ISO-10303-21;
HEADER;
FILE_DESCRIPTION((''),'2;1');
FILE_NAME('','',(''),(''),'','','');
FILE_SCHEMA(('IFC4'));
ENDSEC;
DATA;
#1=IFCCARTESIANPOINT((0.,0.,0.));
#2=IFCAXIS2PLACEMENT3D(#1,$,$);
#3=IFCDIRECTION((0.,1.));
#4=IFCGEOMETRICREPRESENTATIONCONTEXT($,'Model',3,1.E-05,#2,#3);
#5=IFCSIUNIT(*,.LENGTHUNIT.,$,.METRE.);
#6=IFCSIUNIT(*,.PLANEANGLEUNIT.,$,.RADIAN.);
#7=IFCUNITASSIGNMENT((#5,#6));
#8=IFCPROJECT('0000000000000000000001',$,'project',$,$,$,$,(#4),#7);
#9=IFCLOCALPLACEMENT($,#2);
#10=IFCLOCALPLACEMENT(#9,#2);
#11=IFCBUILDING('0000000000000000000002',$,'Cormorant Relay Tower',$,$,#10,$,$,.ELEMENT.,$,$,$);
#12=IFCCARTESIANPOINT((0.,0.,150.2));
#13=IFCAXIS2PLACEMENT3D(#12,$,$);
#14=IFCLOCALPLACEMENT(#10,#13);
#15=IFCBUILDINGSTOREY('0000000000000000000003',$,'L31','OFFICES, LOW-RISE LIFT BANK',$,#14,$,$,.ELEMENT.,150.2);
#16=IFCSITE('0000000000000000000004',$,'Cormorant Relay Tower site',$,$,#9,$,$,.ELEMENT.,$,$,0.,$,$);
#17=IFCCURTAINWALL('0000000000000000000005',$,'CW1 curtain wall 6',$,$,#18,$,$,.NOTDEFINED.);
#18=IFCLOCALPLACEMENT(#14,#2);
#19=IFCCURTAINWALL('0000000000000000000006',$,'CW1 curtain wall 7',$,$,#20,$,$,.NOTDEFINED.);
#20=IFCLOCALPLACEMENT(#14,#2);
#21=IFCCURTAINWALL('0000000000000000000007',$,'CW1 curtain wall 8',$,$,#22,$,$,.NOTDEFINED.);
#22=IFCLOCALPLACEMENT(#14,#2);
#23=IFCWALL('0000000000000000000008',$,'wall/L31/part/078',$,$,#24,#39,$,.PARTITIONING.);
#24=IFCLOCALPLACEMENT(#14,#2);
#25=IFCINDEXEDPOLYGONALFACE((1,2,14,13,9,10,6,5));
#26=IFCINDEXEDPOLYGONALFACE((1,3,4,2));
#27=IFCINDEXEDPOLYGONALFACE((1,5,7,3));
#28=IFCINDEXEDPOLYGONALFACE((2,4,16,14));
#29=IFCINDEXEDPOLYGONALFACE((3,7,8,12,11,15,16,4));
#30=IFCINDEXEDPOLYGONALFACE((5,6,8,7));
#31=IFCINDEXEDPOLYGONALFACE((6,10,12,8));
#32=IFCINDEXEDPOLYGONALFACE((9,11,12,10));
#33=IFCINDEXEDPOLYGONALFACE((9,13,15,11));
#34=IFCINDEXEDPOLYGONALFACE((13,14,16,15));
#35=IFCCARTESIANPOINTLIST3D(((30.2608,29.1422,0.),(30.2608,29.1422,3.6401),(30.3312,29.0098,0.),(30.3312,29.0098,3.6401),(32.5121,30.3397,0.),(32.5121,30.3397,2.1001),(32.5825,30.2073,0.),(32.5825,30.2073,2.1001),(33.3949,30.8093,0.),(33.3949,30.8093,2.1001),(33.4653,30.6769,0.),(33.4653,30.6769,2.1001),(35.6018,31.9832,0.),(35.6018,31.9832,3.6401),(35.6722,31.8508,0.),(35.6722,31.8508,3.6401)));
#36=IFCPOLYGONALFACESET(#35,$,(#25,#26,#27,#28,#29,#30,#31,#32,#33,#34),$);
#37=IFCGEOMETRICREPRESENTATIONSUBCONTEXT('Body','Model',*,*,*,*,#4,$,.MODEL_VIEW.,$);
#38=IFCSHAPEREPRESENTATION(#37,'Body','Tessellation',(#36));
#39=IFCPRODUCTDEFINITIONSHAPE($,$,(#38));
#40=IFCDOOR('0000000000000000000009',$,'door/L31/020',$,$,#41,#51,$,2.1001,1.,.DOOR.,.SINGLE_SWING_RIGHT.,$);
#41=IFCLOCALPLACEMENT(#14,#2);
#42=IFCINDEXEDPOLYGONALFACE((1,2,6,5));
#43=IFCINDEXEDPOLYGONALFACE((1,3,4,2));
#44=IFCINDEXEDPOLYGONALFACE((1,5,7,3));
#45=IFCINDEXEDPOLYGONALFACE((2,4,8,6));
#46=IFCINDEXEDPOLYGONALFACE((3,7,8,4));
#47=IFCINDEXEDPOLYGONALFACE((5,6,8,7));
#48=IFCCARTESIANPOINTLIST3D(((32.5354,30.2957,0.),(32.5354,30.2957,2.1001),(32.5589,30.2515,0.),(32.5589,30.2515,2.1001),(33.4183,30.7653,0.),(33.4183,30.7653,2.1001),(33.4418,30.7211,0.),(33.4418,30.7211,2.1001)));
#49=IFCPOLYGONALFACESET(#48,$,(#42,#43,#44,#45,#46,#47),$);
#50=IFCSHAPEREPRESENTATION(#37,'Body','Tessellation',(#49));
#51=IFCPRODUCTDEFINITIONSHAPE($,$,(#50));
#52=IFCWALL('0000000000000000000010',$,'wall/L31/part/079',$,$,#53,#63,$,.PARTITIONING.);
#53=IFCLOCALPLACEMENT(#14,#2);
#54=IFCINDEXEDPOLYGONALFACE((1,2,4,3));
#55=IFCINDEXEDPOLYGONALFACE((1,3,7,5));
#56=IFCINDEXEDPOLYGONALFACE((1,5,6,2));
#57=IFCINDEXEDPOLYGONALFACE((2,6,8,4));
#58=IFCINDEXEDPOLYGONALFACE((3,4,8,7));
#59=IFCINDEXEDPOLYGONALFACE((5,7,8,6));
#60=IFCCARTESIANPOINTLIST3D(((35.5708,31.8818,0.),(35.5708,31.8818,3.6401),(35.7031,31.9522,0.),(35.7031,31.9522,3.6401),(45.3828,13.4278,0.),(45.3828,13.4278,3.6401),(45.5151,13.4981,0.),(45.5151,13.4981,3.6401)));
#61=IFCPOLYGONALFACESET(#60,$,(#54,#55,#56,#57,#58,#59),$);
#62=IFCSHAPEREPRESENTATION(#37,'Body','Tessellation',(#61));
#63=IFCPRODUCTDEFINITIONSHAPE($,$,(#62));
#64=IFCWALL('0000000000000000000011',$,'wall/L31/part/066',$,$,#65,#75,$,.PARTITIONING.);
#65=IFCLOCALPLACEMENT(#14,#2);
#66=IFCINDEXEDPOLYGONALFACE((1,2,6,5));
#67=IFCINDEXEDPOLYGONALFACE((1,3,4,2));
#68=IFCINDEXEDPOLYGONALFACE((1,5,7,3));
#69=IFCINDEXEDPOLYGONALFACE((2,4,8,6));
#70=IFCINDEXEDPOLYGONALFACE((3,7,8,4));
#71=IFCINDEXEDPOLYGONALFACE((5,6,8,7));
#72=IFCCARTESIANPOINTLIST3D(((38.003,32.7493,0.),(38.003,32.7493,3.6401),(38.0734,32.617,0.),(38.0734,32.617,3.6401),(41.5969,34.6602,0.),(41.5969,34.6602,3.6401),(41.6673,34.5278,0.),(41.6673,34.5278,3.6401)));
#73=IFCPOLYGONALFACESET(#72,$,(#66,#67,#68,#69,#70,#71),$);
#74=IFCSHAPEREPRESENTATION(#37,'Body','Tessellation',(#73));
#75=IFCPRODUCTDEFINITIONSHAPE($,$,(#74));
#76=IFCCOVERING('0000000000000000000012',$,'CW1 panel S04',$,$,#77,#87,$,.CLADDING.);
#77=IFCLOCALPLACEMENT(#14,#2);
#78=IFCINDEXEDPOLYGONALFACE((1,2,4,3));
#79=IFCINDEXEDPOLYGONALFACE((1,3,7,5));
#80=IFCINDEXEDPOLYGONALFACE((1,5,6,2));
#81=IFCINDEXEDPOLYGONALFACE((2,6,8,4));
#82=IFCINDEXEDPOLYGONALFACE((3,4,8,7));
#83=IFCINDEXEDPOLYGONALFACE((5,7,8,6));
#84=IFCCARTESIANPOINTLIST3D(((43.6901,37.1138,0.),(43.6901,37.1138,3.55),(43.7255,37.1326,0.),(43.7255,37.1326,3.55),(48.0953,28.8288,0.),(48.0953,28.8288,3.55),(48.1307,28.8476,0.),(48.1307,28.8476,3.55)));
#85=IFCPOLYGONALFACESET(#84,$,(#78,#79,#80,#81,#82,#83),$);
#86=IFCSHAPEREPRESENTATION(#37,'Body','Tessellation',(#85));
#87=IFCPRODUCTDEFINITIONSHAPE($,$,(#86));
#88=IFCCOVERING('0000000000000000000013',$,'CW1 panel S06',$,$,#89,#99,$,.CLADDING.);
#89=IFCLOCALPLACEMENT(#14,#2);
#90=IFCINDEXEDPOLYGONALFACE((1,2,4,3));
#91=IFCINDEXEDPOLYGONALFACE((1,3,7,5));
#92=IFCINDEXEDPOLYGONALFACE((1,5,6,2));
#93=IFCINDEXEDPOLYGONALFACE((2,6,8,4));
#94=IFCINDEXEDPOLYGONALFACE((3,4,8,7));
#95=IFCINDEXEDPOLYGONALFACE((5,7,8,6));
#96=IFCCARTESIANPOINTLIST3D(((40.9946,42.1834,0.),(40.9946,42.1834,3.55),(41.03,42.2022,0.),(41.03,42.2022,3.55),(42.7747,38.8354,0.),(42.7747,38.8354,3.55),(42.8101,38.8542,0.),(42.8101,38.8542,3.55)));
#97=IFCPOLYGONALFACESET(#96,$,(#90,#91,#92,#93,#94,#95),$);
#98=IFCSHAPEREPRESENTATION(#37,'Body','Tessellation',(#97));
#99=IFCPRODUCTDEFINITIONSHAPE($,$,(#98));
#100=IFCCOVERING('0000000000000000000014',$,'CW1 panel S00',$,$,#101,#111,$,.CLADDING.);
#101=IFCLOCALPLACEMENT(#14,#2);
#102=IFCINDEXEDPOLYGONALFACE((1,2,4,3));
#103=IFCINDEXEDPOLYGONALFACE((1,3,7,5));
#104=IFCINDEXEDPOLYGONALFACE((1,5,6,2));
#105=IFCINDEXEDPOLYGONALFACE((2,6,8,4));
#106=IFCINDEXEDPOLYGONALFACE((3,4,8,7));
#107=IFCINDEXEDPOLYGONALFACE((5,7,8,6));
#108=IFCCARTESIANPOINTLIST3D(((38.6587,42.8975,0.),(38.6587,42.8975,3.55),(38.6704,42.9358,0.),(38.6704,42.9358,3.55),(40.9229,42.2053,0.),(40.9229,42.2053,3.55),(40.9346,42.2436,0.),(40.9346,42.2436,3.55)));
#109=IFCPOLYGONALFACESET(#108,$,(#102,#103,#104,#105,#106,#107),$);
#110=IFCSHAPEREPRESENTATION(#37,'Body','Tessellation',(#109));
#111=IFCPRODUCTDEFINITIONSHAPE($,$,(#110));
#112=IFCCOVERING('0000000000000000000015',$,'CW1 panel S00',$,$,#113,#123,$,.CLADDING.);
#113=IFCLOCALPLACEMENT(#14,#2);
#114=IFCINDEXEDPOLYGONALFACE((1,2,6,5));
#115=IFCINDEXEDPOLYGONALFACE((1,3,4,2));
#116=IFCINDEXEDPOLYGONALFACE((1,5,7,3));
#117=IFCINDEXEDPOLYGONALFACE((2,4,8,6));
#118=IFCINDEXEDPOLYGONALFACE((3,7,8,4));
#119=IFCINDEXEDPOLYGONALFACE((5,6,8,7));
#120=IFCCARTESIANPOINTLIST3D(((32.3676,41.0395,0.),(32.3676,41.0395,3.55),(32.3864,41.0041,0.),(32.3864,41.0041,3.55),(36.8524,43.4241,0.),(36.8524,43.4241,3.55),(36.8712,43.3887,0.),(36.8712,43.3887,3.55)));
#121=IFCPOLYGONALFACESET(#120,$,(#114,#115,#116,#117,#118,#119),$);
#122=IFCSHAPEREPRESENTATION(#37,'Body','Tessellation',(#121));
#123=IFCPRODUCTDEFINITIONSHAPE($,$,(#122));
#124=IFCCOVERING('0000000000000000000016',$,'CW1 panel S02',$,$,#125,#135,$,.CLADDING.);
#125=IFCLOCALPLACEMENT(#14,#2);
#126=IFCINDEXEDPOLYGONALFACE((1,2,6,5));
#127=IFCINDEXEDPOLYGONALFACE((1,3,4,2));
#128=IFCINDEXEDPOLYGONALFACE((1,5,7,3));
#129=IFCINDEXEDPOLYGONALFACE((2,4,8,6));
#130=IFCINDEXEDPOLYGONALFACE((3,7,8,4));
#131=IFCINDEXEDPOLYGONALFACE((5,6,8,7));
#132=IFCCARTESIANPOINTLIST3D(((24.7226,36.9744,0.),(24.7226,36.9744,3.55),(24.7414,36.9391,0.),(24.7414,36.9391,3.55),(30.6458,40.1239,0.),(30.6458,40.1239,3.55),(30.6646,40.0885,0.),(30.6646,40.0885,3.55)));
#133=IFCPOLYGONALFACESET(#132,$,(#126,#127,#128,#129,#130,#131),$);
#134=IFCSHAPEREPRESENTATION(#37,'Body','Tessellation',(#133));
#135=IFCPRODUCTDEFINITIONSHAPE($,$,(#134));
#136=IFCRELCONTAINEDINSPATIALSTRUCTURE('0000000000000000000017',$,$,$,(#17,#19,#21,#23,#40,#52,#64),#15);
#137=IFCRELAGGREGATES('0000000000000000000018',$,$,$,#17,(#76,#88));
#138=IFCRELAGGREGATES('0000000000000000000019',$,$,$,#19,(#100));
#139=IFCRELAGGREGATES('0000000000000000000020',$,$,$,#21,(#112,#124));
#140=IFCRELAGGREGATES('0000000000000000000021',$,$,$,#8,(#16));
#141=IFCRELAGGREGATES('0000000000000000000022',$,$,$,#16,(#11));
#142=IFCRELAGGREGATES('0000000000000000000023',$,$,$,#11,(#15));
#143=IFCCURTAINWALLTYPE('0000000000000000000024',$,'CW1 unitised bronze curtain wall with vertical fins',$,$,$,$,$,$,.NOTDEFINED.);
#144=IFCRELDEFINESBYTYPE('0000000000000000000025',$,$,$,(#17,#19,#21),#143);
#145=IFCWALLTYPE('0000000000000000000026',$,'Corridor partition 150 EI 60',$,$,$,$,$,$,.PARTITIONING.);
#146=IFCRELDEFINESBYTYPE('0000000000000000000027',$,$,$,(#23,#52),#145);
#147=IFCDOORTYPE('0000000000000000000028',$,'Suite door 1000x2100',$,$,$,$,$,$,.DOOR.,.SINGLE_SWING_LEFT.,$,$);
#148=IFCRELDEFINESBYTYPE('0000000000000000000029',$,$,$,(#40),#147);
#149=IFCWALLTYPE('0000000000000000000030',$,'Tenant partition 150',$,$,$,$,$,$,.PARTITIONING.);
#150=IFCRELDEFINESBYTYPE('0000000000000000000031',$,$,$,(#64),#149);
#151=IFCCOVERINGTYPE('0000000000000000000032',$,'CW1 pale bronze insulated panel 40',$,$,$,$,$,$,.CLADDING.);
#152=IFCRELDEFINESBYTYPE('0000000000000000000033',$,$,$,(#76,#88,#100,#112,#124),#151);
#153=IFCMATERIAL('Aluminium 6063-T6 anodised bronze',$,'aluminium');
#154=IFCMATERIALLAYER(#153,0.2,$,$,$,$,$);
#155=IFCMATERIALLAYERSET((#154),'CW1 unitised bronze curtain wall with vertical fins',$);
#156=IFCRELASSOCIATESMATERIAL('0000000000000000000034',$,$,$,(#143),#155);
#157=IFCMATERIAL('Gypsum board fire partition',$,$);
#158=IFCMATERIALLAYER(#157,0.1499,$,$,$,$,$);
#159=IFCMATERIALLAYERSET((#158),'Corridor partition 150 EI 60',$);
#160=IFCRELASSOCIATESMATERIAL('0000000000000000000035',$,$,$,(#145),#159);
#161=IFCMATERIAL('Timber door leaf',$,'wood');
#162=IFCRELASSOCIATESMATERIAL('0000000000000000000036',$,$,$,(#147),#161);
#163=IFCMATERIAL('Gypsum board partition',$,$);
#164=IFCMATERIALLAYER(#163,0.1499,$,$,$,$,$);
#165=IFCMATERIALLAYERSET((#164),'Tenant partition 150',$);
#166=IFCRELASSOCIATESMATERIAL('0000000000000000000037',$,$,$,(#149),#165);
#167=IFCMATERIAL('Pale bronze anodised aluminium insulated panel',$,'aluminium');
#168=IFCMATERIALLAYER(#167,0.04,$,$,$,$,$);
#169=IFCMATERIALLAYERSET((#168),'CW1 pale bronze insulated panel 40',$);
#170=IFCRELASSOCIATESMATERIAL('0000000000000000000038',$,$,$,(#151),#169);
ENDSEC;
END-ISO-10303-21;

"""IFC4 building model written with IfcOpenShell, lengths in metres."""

from ifc_helpers import new_model, si_unit, direction, frame, frame_2d, origin, origin_2d, place, context, subcontext, project, spatial, rectangle, extrude, material, layer, layer_set, type_object, element, fill, aggregate, save


model = new_model("IFC4")

# Units and contexts
model_context = context("Model", 3, precision=1e-05, world=origin(), true_north=direction((0.0, 1.0)))
body_context = subcontext(model_context, "Body", "Model", "MODEL_VIEW")
ifc_project = project(units=[si_unit("LENGTHUNIT", "METRE"), si_unit("PLANEANGLEUNIT", "RADIAN")], contexts=[model_context])

# Site, building, storey
site_placement = place(None, origin())
site = spatial("IfcSite", under=ifc_project, at=site_placement, Name="Cormorant Relay Tower site", CompositionType="ELEMENT", RefElevation=0.0)
building_placement = place(site_placement, origin())
building = spatial("IfcBuilding", under=site, at=building_placement, Name="Cormorant Relay Tower", CompositionType="ELEMENT")
storey_placement = place(building_placement, frame((0.0, 0.0, 150.2)))
storey = spatial("IfcBuildingStorey", under=building, at=storey_placement, Name="L31", Description="OFFICES, LOW-RISE LIFT BANK", CompositionType="ELEMENT", Elevation=150.2)

# Curtain wall
ifc_material_1 = material(Name="Aluminium 6063-T6 anodised bronze", Category="aluminium")
ifc_layer_1 = layer(ifc_material_1, 0.2)
ifc_layer_set_1 = layer_set([ifc_layer_1], Name="CW1 unitised bronze curtain wall with vertical fins")
curtain_wall_type = type_object("IfcCurtainWallType", Name="CW1 unitised bronze curtain wall with vertical fins", PredefinedType="NOTDEFINED", material=ifc_layer_set_1)
curtain_wall_1_placement = place(storey_placement, origin())
curtain_wall_1 = element("IfcCurtainWall", 1, at=curtain_wall_1_placement, inside=storey, type_object=curtain_wall_type, Name="CW1 curtain wall 6", PredefinedType="NOTDEFINED")

# Curtain wall
curtain_wall_2_placement = place(storey_placement, origin())
curtain_wall_2 = element("IfcCurtainWall", 2, at=curtain_wall_2_placement, inside=storey, type_object=curtain_wall_type, Name="CW1 curtain wall 7", PredefinedType="NOTDEFINED")

# Curtain wall
curtain_wall_3_placement = place(storey_placement, origin())
curtain_wall_3 = element("IfcCurtainWall", 3, at=curtain_wall_3_placement, inside=storey, type_object=curtain_wall_type, Name="CW1 curtain wall 8", PredefinedType="NOTDEFINED")

# Shared definitions
ifc_material_2 = material(Name="Gypsum board fire partition")
ifc_layer_2 = layer(ifc_material_2, 0.1499)
ifc_layer_set_2 = layer_set([ifc_layer_2], Name="Corridor partition 150 EI 60")
wall_type_1 = type_object("IfcWallType", Name="Corridor partition 150 EI 60", PredefinedType="PARTITIONING", material=ifc_layer_set_2)

# Wall, opening, door
wall_1_placement = place(storey_placement, frame((30.2959, 29.0759, 0.0), z_axis=(0.0, 0.0, 1.0), x_axis=(0.882867, 0.469622, 0.0)))
wall_1 = element("IfcWall", 4, at=wall_1_placement, inside=storey, type_object=wall_type_1, Name="wall/L31/part/078", PredefinedType="PARTITIONING", context=body_context, shape_type="SweptSolid", body=[
    extrude(rectangle(XDim=6.0496, YDim=0.1499, at=frame_2d((3.0249, 0.0))), origin(), (0.0, 0.0, 1.0), 3.6401),
])
opening_1_placement = place(wall_1_placement, frame((2.55, 0.0, 0.0)))
opening_1 = element("IfcOpeningElement", 5, at=opening_1_placement, cuts=wall_1, PredefinedType="OPENING", context=body_context, shape_type="SweptSolid", body=[
    extrude(rectangle(XDim=1.0, YDim=2.1001, at=frame_2d((0.5, 1.05))), frame((0.0, 0.085, 0.0), z_axis=(0.0, -1.0, 0.0), x_axis=(1.0, 0.0, 0.0)), (0.0, 0.0, 1.0), 0.1699),
])
ifc_material_3 = material(Name="Timber door leaf", Category="wood")
door_type_1 = type_object("IfcDoorType", Name="Suite door 1000x2100", OperationType="SINGLE_SWING_LEFT", PredefinedType="DOOR", material=ifc_material_3)
door_1_placement = place(opening_1_placement, frame((1.0, 0.0, 0.0), z_axis=(0.0, 0.0, 1.0), x_axis=(-1.0, 0.0, 0.0)))
door_1 = element("IfcDoor", 6, at=door_1_placement, inside=storey, type_object=door_type_1, Name="door/L31/020", OperationType="SINGLE_SWING_RIGHT", OverallHeight=2.1001, OverallWidth=1.0, PredefinedType="DOOR", context=body_context, shape_type="SweptSolid", body=[
    extrude(rectangle(XDim=1.0, YDim=2.1001, at=frame_2d((0.5, 1.05))), frame((0.0, 0.0249, 0.0), z_axis=(0.0, -1.0, 0.0), x_axis=(1.0, 0.0, 0.0)), (0.0, 0.0, 1.0), 0.05),
])
fill(opening_1, door_1)

# Walls
wall_2_placement = place(storey_placement, frame((35.637, 31.917, 0.0), z_axis=(0.0, 0.0, 1.0), x_axis=(0.469464, -0.882952, 0.0)))
element("IfcWall", 7, at=wall_2_placement, inside=storey, type_object=wall_type_1, Name="wall/L31/part/079", PredefinedType="PARTITIONING", context=body_context, shape_type="SweptSolid", body=[
    extrude(rectangle(XDim=20.9004, YDim=0.1499, at=frame_2d((10.4502, 0.0))), origin(), (0.0, 0.0, 1.0), 3.6401),
])
ifc_material_4 = material(Name="Gypsum board partition")
ifc_layer_3 = layer(ifc_material_4, 0.1499)
ifc_layer_set_3 = layer_set([ifc_layer_3], Name="Tenant partition 150")
wall_type_2 = type_object("IfcWallType", Name="Tenant partition 150", PredefinedType="PARTITIONING", material=ifc_layer_set_3)
wall_3_placement = place(storey_placement, frame((41.6321, 34.594, 0.0), z_axis=(0.0, 0.0, 1.0), x_axis=(-0.882955, -0.469458, 0.0)))
element("IfcWall", 8, at=wall_3_placement, inside=storey, type_object=wall_type_2, Name="wall/L31/part/066", PredefinedType="PARTITIONING", context=body_context, shape_type="SweptSolid", body=[
    extrude(rectangle(XDim=4.0703, YDim=0.1499, at=frame_2d((2.0352, 0.0))), origin(), (0.0, 0.0, 1.0), 3.6401),
])

# Coverings
ifc_material_5 = material(Name="Pale bronze anodised aluminium insulated panel", Category="aluminium")
ifc_layer_4 = layer(ifc_material_5, 0.04)
ifc_layer_set_4 = layer_set([ifc_layer_4], Name="CW1 pale bronze insulated panel 40")
covering_type = type_object("IfcCoveringType", Name="CW1 pale bronze insulated panel 40", PredefinedType="CLADDING", material=ifc_layer_set_4)
covering_1_placement = place(storey_placement, frame((45.9104, 32.9807, 0.0), z_axis=(0.0, 0.0, 1.0), x_axis=(-0.469472, 0.882948, 0.0)))
covering_1 = element("IfcCovering", 9, at=covering_1_placement, type_object=covering_type, Name="CW1 panel S04", PredefinedType="CLADDING", context=body_context, shape_type="SweptSolid", body=[
    extrude(rectangle(XDim=9.3833, YDim=0.04, at=origin_2d()), origin(), (0.0, 0.0, 1.0), 3.55),
])
covering_2_placement = place(storey_placement, frame((41.9023, 40.5188, 0.0), z_axis=(0.0, 0.0, 1.0), x_axis=(-0.469472, 0.882948, 0.0)))
covering_2 = element("IfcCovering", 10, at=covering_2_placement, type_object=covering_type, Name="CW1 panel S06", PredefinedType="CLADDING", context=body_context, shape_type="SweptSolid", body=[
    extrude(rectangle(XDim=3.7917, YDim=0.04, at=origin_2d()), origin(), (0.0, 0.0, 1.0), 3.55),
])
aggregate(curtain_wall_1, [covering_1, covering_2])
covering_3_placement = place(storey_placement, frame((39.7966, 42.5706, 0.0), z_axis=(0.0, 0.0, 1.0), x_axis=(-0.956305, 0.292372, 0.0)))
covering_3 = element("IfcCovering", 11, at=covering_3_placement, type_object=covering_type, Name="CW1 panel S00", PredefinedType="CLADDING", context=body_context, shape_type="SweptSolid", body=[
    extrude(rectangle(XDim=2.3677, YDim=0.04, at=origin_2d()), origin(), (0.0, 0.0, 1.0), 3.55),
])
aggregate(curtain_wall_2, [covering_3])
covering_4_placement = place(storey_placement, frame((34.6194, 42.2141, 0.0), z_axis=(0.0, 0.0, 1.0), x_axis=(-0.882948, -0.469472, 0.0)))
covering_4 = element("IfcCovering", 12, at=covering_4_placement, type_object=covering_type, Name="CW1 panel S00", PredefinedType="CLADDING", context=body_context, shape_type="SweptSolid", body=[
    extrude(rectangle(XDim=5.0793, YDim=0.04, at=origin_2d()), origin(), (0.0, 0.0, 1.0), 3.55),
])
covering_5_placement = place(storey_placement, frame((27.6936, 38.5315, 0.0), z_axis=(0.0, 0.0, 1.0), x_axis=(-0.882948, -0.469472, 0.0)))
covering_5 = element("IfcCovering", 13, at=covering_5_placement, type_object=covering_type, Name="CW1 panel S02", PredefinedType="CLADDING", context=body_context, shape_type="SweptSolid", body=[
    extrude(rectangle(XDim=6.7085, YDim=0.04, at=origin_2d()), origin(), (0.0, 0.0, 1.0), 3.55),
])
aggregate(curtain_wall_3, [covering_4, covering_5])

save(model, "model.ifc")
